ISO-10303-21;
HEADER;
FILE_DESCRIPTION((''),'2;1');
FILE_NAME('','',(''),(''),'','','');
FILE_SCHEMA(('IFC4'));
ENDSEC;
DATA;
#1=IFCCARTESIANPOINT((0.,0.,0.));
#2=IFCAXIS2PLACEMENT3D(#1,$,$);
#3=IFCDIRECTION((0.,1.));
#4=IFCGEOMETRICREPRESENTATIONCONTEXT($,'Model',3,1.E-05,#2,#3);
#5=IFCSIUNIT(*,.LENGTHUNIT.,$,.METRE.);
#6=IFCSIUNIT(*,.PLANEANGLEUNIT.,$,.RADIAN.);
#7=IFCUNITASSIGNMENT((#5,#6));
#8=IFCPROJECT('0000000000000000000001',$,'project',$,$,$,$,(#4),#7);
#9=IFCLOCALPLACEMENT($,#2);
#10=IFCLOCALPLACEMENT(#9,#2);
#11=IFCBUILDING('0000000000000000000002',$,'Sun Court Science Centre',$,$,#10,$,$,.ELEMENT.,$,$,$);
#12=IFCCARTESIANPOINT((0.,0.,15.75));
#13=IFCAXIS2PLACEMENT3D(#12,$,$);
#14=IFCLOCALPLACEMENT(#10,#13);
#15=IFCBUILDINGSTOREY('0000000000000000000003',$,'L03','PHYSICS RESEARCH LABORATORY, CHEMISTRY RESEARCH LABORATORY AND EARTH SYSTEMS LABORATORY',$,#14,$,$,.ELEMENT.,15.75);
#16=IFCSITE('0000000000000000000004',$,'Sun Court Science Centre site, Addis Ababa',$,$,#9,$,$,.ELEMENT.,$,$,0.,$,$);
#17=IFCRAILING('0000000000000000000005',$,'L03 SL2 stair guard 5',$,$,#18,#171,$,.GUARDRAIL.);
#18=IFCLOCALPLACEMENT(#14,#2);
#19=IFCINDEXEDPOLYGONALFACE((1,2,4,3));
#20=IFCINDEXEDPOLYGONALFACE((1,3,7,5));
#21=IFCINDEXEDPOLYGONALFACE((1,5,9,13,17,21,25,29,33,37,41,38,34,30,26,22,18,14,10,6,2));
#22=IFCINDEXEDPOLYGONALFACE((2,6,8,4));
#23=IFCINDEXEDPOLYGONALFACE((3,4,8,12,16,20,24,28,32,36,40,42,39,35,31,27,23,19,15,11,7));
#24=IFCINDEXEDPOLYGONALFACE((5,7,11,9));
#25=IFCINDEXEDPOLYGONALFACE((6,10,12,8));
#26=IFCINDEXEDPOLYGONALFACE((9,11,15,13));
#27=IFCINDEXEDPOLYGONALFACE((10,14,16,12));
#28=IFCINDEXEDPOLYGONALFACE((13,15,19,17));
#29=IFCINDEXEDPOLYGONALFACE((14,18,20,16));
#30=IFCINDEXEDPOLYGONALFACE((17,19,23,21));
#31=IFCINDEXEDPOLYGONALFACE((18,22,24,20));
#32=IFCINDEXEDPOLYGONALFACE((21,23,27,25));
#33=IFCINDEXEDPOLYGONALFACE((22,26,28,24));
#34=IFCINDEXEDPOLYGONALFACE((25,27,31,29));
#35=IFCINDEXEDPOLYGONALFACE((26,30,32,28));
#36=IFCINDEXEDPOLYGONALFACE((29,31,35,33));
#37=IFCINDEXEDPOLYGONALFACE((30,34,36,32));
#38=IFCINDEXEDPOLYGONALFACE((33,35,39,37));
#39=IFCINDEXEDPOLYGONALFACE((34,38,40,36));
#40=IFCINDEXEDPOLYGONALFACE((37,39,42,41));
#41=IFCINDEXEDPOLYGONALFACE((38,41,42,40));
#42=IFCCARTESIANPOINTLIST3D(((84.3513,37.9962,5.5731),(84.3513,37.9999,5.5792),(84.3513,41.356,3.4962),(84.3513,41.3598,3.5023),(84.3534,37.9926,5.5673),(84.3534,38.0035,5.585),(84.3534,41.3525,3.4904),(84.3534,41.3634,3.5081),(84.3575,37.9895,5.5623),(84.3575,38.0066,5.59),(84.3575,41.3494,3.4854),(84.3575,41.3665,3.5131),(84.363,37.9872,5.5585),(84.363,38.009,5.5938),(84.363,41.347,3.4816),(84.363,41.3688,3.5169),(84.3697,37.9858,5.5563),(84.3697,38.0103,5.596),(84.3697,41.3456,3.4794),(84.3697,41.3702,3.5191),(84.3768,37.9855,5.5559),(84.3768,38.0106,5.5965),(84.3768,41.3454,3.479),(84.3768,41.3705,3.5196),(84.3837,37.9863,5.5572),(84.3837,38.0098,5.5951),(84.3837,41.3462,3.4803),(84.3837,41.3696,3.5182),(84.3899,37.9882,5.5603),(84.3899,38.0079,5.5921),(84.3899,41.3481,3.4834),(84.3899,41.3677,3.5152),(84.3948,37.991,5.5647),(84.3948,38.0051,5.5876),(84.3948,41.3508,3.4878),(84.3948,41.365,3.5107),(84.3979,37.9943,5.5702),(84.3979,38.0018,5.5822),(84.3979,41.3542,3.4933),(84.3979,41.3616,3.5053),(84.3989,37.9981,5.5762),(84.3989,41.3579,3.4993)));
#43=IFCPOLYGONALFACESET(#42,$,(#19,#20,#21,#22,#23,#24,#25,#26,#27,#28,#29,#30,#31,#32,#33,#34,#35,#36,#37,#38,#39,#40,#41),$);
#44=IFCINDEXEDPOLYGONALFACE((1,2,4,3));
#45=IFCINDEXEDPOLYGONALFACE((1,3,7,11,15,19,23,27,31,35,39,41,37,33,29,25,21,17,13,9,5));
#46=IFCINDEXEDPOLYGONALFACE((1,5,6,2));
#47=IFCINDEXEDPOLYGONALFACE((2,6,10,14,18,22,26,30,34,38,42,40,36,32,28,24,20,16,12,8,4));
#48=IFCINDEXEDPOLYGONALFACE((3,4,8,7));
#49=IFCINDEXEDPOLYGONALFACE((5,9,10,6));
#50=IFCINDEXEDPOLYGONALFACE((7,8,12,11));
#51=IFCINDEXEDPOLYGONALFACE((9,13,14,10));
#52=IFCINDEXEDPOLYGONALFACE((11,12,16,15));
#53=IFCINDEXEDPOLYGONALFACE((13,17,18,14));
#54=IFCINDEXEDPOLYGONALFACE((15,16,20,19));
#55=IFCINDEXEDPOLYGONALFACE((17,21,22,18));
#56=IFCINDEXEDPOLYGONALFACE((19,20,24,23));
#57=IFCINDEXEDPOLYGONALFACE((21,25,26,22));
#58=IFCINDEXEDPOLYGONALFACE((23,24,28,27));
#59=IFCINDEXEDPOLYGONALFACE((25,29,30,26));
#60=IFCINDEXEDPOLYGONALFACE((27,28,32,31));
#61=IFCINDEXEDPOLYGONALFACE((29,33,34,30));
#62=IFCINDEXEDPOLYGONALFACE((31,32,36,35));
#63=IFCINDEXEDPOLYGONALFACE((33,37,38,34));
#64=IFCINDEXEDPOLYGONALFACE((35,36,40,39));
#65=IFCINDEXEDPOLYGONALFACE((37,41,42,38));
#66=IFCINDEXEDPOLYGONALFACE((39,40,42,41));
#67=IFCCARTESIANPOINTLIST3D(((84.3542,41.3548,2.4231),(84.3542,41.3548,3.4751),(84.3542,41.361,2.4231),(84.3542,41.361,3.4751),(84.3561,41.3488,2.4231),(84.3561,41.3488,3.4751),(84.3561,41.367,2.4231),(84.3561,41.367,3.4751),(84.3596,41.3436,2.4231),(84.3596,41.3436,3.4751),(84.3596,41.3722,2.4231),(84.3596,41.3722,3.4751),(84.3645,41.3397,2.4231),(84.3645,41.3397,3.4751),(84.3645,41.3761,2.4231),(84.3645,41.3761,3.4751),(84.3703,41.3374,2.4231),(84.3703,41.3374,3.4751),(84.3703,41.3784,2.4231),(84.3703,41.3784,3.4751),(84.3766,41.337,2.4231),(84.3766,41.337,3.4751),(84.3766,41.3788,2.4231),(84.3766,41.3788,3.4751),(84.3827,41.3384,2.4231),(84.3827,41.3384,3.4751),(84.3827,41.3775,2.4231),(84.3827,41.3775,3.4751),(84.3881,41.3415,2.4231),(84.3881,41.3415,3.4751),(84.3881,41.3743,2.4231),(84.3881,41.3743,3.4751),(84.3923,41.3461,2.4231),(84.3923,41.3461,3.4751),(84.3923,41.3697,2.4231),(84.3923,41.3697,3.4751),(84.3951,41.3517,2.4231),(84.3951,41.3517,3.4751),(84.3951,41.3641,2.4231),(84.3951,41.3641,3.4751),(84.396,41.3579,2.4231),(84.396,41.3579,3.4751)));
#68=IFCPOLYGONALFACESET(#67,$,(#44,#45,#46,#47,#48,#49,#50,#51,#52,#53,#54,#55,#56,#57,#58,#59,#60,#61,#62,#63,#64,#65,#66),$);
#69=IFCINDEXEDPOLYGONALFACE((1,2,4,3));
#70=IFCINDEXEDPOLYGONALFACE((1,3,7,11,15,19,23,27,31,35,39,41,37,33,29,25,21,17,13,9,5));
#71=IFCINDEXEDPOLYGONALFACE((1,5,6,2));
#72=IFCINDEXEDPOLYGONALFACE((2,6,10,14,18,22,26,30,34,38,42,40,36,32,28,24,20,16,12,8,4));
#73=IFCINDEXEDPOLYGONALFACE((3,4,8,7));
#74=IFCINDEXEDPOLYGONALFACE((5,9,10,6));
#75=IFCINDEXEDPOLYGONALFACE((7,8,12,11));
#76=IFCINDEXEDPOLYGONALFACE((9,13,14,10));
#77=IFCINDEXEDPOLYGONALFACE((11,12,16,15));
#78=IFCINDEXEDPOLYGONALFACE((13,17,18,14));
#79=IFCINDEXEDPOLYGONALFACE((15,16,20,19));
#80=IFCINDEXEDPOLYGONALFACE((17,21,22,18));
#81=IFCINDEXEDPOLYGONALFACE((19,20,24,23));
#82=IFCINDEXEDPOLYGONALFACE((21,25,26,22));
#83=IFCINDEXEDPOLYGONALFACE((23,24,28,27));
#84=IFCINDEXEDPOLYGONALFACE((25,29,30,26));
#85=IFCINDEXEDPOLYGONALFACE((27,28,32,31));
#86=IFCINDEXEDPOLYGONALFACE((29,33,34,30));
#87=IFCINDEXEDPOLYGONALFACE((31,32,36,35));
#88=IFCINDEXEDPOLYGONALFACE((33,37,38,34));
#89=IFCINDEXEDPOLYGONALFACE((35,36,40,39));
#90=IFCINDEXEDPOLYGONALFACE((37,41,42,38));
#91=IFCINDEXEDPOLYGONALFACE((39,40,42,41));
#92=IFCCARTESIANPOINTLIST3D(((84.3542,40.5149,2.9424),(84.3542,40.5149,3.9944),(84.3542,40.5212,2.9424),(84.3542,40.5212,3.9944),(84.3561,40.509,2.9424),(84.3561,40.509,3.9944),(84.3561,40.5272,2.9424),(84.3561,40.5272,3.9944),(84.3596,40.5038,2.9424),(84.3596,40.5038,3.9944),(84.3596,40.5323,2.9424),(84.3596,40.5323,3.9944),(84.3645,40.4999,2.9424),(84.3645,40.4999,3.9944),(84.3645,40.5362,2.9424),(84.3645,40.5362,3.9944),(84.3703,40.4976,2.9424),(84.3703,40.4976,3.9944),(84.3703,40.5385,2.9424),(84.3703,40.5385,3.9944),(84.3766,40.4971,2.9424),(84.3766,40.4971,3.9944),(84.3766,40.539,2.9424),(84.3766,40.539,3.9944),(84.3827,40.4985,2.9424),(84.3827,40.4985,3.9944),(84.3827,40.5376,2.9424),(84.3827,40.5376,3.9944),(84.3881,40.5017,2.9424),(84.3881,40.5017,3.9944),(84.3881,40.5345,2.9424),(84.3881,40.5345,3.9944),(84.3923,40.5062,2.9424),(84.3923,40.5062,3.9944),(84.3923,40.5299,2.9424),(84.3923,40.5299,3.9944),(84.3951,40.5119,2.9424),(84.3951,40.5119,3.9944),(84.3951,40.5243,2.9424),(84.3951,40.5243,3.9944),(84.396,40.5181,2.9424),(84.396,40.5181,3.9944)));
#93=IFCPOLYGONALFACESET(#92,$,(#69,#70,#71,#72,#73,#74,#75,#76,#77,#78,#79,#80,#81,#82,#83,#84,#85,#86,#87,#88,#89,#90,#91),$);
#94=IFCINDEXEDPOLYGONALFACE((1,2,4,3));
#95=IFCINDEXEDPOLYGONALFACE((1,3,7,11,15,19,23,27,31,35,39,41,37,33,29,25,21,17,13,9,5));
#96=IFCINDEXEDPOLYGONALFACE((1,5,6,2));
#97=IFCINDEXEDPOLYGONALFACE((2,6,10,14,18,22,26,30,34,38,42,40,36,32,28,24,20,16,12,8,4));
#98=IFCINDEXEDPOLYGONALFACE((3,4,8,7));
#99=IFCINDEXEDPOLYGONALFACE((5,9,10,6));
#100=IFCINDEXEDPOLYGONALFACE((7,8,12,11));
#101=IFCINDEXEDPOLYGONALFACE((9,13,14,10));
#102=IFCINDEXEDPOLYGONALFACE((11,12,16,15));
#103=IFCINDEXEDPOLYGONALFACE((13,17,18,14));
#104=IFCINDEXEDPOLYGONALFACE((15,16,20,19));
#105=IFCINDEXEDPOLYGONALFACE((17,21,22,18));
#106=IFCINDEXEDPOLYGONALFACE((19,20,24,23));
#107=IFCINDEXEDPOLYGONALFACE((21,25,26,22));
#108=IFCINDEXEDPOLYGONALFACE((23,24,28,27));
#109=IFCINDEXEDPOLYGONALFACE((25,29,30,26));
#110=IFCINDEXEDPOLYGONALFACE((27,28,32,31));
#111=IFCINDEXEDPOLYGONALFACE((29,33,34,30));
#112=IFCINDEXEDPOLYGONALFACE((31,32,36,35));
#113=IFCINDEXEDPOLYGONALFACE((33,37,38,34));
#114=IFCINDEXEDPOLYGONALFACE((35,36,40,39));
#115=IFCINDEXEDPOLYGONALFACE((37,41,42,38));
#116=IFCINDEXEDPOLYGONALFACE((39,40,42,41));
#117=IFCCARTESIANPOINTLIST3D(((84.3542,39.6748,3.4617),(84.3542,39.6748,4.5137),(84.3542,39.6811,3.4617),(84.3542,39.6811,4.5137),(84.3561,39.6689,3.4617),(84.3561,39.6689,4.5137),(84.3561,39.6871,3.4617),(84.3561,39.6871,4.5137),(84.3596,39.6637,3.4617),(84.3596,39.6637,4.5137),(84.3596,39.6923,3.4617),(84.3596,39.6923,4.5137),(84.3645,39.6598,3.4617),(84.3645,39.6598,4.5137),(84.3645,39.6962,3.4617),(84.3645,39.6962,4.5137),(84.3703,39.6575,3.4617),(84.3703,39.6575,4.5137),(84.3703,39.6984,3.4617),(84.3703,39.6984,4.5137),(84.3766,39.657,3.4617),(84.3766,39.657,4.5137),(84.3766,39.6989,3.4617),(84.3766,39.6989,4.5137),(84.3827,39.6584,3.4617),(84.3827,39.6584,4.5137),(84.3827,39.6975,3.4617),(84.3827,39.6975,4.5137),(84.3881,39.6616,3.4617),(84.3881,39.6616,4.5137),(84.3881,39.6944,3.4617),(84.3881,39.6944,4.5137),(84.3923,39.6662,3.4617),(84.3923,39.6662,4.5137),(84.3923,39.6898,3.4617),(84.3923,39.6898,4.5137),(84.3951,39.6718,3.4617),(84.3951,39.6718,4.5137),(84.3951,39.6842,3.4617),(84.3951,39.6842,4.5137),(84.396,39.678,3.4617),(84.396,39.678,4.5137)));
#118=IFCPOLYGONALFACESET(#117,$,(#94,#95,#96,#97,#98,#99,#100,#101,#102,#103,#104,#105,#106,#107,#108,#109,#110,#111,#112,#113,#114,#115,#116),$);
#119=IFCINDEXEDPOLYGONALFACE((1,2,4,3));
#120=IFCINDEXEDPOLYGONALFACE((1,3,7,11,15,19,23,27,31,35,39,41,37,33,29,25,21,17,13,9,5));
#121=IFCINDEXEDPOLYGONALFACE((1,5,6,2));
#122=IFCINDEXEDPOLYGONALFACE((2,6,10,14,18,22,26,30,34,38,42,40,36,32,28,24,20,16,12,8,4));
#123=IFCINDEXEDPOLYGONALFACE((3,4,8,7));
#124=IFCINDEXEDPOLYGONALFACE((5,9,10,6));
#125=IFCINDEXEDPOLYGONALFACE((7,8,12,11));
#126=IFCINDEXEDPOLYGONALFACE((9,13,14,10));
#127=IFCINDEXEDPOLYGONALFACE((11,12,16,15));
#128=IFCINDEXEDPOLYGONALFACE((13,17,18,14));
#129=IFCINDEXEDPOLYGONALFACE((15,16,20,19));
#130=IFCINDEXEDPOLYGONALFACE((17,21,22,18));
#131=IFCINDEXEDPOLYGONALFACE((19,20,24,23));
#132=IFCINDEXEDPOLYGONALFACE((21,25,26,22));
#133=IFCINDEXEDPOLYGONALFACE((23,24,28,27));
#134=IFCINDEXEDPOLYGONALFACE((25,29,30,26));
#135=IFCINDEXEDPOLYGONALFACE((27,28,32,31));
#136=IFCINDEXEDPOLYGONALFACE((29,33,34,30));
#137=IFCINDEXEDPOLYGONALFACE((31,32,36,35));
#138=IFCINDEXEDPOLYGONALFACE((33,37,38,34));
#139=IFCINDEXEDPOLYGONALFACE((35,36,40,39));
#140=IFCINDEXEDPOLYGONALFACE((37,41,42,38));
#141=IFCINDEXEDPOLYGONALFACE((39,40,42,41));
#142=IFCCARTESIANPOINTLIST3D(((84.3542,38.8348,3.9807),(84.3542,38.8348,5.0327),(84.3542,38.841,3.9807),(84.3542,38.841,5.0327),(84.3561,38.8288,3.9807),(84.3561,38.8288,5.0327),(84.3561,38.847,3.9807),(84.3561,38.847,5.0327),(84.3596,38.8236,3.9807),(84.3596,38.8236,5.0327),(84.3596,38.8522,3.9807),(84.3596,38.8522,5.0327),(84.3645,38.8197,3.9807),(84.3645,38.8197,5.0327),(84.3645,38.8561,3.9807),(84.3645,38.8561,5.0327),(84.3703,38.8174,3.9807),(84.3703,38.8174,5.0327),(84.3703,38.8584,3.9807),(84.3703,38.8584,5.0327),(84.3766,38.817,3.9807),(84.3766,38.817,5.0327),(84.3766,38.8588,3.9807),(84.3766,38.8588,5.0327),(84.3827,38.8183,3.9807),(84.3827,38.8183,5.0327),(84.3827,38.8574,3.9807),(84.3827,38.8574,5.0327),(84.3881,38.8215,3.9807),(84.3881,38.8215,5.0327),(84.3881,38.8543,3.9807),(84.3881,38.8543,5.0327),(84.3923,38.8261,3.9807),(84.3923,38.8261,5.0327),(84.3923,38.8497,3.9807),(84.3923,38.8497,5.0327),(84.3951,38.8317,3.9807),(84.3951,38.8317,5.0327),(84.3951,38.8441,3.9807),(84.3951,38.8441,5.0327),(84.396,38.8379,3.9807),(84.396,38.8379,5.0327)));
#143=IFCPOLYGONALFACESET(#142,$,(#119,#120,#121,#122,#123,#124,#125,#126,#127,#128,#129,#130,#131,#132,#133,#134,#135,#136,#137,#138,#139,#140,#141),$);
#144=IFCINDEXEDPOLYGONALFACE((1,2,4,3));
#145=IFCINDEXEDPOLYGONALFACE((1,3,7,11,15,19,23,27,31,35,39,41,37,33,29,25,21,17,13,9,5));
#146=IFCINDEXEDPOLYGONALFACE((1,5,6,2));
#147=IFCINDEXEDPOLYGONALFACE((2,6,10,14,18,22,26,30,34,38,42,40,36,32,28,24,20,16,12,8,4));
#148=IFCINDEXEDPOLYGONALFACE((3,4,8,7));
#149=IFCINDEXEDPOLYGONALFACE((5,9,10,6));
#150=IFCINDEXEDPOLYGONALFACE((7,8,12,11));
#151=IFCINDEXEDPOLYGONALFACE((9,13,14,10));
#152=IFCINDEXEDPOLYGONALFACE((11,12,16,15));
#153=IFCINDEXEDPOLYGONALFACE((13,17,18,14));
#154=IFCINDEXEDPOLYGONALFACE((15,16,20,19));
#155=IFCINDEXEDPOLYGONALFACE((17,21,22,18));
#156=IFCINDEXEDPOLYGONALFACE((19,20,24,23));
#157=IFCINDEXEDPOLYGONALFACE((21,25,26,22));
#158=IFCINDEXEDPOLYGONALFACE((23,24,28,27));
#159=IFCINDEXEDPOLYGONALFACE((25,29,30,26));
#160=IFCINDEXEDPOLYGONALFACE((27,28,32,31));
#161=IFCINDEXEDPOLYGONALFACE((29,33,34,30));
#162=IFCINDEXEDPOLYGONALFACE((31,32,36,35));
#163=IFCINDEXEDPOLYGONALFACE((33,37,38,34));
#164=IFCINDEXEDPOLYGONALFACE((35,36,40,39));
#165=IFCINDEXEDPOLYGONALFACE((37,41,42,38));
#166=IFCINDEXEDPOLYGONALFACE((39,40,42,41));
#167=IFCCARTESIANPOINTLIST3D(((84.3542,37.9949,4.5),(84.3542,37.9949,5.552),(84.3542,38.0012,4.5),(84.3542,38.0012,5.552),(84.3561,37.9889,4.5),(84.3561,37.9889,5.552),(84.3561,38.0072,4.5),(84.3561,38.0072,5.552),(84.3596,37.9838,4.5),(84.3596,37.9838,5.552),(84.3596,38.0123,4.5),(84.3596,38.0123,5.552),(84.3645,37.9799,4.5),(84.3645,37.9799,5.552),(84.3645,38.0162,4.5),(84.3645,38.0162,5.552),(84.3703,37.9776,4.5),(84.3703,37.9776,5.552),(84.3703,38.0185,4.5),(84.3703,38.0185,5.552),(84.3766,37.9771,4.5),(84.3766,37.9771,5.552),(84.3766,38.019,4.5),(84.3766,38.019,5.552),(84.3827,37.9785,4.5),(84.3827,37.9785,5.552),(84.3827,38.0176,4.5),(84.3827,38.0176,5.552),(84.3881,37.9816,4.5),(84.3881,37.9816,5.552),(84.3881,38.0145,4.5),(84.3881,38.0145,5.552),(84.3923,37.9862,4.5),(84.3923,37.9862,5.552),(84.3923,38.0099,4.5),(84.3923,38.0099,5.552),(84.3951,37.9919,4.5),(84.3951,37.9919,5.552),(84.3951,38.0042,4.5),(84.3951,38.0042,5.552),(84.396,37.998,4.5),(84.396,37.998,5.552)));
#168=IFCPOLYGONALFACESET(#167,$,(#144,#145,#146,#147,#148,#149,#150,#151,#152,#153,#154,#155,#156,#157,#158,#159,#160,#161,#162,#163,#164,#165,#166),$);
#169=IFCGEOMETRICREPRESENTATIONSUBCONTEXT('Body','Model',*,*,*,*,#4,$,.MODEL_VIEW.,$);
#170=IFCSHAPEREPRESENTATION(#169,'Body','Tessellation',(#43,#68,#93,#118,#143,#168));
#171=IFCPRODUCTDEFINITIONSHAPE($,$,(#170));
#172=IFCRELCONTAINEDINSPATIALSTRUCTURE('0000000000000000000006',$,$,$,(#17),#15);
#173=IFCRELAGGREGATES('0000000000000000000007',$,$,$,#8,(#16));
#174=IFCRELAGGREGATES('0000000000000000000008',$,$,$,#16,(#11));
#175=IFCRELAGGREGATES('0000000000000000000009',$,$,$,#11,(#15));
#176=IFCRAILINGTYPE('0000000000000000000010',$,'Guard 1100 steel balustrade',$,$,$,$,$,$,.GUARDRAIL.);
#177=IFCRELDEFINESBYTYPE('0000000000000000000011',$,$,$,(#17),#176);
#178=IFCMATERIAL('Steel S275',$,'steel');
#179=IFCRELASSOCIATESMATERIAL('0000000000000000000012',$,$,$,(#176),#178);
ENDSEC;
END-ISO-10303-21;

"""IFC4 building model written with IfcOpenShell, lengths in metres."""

from ifc_helpers import new_model, si_unit, direction, frame, origin, origin_2d, place, context, subcontext, project, spatial, circle, extrude, material, type_object, element, save


model = new_model("IFC4")

# Units and contexts
model_context = context("Model", 3, precision=1e-05, world=origin(), true_north=direction((0.0, 1.0)))
body_context = subcontext(model_context, "Body", "Model", "MODEL_VIEW")
ifc_project = project(units=[si_unit("LENGTHUNIT", "METRE"), si_unit("PLANEANGLEUNIT", "RADIAN")], contexts=[model_context])

# Site, building, storey
site_placement = place(None, origin())
site = spatial("IfcSite", under=ifc_project, at=site_placement, Name="Sun Court Science Centre site, Addis Ababa", CompositionType="ELEMENT", RefElevation=0.0)
building_placement = place(site_placement, origin())
building = spatial("IfcBuilding", under=site, at=building_placement, Name="Sun Court Science Centre", CompositionType="ELEMENT")
storey_placement = place(building_placement, frame((0.0, 0.0, 15.75)))
storey = spatial("IfcBuildingStorey", under=building, at=storey_placement, Name="L03", Description="PHYSICS RESEARCH LABORATORY, CHEMISTRY RESEARCH LABORATORY AND EARTH SYSTEMS LABORATORY", CompositionType="ELEMENT", Elevation=15.75)

# Railing
ifc_material_1 = material(Name="Steel S275", Category="steel")
railing_type_1 = type_object("IfcRailingType", Name="Guard 1100 steel balustrade", PredefinedType="GUARDRAIL", material=ifc_material_1)
railing_1_placement = place(storey_placement, frame((84.375, 41.3579, 2.4231)))
element("IfcRailing", 1, at=railing_1_placement, inside=storey, type_object=railing_type_1, Name="L03 SL2 stair guard 5", PredefinedType="GUARDRAIL", context=body_context, shape_type="SweptSolid", body=[
    extrude(circle(Radius=0.0239, at=origin_2d()), frame((0.0, 0.0, 1.0762), z_axis=(0.0, -0.850606, 0.525803), x_axis=(1.0, 0.0, 0.0)), (0.0, 0.0, 1.0), 3.95),
    extrude(circle(Radius=0.021, at=origin_2d()), origin(), (0.0, 0.0, 1.0), 1.052),
    extrude(circle(Radius=0.021, at=origin_2d()), frame((0.0, -0.8398, 0.5193)), (0.0, 0.0, 1.0), 1.052),
    extrude(circle(Radius=0.021, at=origin_2d()), frame((0.0, -1.6799, 1.0386)), (0.0, 0.0, 1.0), 1.052),
    extrude(circle(Radius=0.021, at=origin_2d()), frame((0.0, -2.52, 1.5576)), (0.0, 0.0, 1.0), 1.052),
    extrude(circle(Radius=0.021, at=origin_2d()), frame((0.0, -3.3599, 2.0769)), (0.0, 0.0, 1.0), 1.052),
])

save(model, "model.ifc")
